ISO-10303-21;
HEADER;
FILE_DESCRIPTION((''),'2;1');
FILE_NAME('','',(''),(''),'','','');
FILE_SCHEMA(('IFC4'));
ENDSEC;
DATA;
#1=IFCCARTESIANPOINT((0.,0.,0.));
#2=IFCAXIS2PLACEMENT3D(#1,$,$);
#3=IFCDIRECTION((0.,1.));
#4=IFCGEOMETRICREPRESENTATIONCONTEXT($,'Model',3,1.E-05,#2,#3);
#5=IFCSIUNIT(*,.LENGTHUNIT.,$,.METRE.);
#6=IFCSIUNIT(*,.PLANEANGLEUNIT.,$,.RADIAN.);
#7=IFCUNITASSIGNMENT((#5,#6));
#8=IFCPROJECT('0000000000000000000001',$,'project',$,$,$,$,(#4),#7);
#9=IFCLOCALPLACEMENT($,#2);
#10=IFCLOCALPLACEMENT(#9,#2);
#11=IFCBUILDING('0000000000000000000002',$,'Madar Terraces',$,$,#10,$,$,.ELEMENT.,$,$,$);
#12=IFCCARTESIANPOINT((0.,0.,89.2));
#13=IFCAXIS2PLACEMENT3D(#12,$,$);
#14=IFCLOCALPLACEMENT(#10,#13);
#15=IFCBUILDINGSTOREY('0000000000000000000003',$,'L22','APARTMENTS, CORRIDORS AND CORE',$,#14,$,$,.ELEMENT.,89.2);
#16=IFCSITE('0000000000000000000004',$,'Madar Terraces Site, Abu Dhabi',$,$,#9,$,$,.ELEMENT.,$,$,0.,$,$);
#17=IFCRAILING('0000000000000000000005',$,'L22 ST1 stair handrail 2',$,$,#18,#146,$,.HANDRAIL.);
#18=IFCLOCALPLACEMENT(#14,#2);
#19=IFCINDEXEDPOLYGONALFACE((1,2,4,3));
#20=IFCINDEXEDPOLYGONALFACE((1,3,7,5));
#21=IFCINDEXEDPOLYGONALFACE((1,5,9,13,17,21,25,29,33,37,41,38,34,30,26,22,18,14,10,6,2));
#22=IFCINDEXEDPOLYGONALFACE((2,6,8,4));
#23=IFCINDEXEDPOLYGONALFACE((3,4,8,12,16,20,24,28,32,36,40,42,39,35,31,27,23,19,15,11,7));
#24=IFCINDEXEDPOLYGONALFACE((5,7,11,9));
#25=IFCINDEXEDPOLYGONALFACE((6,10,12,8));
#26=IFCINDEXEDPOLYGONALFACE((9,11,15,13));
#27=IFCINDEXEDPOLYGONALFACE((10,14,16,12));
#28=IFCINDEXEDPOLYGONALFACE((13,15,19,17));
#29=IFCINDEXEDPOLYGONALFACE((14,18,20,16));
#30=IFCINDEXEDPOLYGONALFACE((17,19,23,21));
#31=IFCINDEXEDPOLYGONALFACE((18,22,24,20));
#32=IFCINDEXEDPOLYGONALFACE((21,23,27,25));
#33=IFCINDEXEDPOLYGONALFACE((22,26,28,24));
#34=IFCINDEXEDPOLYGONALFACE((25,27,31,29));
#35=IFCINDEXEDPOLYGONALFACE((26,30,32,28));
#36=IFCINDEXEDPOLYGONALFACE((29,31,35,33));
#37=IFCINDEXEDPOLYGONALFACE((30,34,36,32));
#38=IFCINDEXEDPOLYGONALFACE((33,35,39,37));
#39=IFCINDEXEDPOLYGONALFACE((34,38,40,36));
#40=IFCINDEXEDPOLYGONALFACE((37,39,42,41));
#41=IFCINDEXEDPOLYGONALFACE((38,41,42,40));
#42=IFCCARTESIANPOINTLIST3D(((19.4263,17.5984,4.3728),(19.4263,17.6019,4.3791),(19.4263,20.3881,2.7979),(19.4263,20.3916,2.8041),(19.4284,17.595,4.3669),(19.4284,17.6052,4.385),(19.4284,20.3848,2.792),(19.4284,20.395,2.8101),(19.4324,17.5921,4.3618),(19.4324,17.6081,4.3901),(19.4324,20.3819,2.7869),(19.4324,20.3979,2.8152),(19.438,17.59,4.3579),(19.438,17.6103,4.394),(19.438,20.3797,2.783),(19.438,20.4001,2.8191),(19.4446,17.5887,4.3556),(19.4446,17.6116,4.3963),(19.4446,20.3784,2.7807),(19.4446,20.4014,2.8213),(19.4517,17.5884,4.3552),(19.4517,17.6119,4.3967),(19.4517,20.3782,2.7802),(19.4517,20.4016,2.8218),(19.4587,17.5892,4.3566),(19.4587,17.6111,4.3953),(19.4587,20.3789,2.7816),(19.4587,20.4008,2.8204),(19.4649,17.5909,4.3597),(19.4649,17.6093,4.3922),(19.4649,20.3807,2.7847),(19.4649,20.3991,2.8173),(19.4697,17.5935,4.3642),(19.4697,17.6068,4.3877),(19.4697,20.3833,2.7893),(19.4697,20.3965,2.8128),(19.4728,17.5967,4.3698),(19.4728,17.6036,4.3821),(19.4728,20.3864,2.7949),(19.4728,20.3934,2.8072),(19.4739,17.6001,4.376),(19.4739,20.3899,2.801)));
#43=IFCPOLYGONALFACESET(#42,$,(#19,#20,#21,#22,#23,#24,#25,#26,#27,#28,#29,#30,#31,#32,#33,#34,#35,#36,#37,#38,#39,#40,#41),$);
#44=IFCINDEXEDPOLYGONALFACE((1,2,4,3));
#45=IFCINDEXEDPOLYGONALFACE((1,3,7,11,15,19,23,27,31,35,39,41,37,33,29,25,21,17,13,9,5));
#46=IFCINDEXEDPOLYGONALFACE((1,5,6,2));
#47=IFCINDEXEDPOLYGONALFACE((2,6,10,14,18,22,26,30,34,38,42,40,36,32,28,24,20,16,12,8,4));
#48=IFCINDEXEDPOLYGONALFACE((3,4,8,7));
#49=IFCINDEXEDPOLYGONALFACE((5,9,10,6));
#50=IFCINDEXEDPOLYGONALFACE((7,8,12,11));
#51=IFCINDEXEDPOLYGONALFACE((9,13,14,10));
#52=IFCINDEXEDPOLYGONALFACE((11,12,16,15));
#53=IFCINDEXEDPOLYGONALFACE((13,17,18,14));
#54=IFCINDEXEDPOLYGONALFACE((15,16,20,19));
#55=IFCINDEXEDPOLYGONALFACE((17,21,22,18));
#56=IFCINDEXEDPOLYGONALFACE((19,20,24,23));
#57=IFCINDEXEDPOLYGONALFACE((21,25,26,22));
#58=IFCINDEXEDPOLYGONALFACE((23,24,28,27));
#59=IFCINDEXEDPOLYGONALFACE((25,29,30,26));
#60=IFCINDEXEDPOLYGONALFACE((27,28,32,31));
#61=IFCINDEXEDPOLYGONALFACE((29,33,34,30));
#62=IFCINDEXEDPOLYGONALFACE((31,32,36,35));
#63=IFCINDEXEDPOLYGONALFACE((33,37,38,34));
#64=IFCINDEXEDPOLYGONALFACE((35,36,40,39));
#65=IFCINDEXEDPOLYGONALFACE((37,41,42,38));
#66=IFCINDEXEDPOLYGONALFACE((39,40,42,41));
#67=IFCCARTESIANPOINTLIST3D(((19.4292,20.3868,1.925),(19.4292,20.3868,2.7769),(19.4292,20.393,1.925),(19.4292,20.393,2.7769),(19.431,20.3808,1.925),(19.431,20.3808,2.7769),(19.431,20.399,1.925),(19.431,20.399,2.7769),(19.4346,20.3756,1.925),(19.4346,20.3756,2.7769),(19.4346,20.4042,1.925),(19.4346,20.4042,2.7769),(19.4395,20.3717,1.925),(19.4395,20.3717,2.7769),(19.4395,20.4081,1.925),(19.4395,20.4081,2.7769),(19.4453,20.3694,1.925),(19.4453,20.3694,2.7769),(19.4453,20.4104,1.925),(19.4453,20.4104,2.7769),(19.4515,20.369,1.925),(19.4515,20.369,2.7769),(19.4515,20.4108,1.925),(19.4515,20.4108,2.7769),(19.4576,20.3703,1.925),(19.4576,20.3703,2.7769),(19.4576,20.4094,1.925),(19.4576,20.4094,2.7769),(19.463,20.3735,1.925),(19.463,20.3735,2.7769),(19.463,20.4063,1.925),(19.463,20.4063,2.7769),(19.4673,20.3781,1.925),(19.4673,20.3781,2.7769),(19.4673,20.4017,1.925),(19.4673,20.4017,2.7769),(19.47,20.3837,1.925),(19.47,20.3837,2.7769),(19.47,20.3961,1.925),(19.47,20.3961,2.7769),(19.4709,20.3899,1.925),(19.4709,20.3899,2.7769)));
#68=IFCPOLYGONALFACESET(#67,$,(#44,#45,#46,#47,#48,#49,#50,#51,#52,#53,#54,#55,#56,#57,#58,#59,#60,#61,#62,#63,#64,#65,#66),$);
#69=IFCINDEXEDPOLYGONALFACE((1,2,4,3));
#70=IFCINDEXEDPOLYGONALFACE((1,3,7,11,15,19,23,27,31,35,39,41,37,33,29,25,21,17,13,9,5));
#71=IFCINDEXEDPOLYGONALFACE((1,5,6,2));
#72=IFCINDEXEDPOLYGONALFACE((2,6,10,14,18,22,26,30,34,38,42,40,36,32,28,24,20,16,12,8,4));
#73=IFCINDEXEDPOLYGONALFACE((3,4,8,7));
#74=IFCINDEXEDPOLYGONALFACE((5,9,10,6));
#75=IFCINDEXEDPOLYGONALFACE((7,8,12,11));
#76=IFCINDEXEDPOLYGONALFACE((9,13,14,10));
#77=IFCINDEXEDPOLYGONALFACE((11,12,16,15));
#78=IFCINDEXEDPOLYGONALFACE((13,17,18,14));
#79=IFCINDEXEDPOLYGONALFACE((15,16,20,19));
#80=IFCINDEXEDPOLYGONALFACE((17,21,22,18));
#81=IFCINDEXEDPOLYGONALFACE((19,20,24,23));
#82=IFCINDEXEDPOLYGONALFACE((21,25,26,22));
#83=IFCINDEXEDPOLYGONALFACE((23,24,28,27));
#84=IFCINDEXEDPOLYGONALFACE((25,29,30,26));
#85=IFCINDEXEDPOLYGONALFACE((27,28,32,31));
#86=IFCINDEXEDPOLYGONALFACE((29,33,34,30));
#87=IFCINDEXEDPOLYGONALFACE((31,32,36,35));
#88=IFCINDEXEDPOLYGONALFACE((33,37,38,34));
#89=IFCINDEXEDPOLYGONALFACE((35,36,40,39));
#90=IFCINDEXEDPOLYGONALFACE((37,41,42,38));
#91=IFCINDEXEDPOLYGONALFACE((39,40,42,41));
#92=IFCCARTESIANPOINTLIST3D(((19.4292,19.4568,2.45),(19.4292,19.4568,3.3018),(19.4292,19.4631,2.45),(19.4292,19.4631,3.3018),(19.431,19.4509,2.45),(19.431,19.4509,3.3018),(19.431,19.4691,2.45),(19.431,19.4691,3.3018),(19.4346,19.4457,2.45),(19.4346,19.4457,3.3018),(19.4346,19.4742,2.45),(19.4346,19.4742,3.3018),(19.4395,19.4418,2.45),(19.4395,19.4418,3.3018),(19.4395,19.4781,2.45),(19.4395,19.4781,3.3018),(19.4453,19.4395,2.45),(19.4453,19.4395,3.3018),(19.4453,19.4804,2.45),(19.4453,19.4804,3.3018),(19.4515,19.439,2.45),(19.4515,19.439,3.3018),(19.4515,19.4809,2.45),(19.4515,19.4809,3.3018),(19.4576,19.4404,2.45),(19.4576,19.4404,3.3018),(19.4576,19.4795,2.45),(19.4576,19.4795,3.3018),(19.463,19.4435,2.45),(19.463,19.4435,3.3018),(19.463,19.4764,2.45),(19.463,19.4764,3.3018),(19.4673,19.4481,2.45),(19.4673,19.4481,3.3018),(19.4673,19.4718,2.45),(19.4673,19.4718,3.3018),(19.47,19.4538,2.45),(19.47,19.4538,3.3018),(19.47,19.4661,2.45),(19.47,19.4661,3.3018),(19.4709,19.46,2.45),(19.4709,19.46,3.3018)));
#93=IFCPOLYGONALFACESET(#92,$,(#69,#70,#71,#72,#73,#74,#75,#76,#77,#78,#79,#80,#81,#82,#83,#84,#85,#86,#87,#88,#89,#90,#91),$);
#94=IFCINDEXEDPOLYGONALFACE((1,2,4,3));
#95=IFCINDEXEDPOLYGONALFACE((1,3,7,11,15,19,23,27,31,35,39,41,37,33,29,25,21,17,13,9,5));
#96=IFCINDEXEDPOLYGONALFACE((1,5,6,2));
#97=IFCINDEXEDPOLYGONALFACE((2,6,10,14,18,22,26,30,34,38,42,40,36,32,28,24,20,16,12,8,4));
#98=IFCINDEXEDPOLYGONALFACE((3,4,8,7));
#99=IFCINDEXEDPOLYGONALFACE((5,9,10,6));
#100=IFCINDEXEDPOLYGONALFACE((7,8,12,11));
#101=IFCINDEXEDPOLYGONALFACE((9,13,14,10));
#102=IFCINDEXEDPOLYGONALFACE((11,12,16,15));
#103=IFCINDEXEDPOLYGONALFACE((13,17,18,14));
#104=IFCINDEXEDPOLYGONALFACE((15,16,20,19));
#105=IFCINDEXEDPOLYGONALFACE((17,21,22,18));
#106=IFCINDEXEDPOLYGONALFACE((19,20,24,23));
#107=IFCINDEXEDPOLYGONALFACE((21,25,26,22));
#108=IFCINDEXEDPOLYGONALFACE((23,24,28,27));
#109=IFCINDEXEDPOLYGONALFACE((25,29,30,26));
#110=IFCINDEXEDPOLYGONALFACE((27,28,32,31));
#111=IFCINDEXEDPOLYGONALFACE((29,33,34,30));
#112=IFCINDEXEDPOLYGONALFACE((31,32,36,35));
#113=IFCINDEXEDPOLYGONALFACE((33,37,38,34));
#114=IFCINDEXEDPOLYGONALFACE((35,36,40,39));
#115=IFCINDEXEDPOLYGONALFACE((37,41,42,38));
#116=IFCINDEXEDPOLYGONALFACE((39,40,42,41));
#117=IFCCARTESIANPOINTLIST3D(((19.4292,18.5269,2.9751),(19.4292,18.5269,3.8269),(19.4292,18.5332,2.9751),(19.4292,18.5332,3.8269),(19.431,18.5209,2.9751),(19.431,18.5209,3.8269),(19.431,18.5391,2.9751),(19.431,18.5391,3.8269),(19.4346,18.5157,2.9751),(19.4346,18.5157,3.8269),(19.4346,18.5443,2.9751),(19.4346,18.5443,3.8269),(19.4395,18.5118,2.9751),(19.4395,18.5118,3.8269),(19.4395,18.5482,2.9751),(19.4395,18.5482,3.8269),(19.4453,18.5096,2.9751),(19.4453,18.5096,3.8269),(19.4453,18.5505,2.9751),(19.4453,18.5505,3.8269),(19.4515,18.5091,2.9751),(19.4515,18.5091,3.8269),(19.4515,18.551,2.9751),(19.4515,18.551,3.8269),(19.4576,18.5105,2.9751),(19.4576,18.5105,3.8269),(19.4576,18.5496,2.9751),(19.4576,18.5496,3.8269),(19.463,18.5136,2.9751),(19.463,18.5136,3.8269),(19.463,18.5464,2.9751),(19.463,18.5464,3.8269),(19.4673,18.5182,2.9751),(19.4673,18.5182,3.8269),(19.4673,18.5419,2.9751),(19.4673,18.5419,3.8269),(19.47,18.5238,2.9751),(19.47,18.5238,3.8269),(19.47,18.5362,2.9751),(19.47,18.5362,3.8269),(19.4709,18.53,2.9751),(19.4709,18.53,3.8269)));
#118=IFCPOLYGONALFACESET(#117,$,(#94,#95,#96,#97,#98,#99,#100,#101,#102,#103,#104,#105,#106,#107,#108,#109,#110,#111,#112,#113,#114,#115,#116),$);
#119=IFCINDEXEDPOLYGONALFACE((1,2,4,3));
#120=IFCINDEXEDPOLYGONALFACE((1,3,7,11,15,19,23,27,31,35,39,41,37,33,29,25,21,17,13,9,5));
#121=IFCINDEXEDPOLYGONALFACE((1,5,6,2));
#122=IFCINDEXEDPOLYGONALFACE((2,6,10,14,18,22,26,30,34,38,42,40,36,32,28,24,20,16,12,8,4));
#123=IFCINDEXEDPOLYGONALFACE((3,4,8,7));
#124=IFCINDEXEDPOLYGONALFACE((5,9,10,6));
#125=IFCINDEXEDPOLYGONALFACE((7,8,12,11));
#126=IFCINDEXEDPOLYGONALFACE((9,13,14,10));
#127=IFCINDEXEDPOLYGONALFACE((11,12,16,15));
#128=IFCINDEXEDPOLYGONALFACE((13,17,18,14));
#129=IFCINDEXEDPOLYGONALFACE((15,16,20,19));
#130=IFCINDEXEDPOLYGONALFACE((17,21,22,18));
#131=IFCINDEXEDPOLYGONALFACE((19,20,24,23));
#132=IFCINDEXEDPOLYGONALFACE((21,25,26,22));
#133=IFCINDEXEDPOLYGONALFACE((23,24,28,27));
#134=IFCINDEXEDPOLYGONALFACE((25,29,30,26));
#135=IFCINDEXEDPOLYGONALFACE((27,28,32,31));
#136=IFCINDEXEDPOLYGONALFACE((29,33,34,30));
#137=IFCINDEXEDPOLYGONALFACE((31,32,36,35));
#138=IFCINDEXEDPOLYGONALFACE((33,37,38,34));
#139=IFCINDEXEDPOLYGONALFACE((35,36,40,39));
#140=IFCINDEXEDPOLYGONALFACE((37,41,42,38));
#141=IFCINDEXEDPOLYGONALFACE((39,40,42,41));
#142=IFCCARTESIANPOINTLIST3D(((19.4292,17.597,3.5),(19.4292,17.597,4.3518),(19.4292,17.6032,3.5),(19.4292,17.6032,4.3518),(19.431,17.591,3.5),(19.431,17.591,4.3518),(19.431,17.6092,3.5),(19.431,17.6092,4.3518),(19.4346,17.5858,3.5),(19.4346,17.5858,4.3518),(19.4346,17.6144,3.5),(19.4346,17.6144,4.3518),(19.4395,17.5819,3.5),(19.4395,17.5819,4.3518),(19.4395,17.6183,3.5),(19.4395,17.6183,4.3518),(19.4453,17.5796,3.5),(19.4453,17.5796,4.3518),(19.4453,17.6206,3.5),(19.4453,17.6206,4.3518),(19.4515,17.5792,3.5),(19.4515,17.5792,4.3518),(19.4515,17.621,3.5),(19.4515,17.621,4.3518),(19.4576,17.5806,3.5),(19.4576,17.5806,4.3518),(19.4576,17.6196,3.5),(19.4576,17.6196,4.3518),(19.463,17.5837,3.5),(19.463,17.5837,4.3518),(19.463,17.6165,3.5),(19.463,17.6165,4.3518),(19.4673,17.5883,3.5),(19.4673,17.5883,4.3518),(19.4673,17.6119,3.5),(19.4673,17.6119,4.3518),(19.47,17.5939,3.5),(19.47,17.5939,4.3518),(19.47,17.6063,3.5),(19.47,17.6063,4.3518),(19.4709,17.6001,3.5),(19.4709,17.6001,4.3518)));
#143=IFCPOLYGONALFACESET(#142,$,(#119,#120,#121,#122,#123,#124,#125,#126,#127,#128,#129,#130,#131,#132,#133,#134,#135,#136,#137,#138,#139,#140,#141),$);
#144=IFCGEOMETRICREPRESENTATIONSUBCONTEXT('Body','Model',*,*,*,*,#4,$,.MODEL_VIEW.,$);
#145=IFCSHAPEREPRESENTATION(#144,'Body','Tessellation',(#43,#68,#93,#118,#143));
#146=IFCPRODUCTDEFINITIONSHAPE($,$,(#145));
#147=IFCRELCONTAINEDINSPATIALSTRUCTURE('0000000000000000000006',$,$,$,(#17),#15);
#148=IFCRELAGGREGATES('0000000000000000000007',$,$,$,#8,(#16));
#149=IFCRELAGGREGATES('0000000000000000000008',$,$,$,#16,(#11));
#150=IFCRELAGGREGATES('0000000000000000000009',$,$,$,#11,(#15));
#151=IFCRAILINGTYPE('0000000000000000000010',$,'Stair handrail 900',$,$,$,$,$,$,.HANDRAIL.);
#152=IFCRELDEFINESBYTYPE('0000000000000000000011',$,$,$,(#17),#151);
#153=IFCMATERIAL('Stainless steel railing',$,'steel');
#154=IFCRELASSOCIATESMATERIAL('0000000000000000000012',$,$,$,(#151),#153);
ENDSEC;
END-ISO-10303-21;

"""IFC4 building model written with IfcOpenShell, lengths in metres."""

from ifc_helpers import new_model, si_unit, direction, frame, origin, origin_2d, place, context, subcontext, project, spatial, circle, extrude, material, type_object, element, save


model = new_model("IFC4")

# Units and contexts
model_context = context("Model", 3, precision=1e-05, world=origin(), true_north=direction((0.0, 1.0)))
body_context = subcontext(model_context, "Body", "Model", "MODEL_VIEW")
ifc_project = project(units=[si_unit("LENGTHUNIT", "METRE"), si_unit("PLANEANGLEUNIT", "RADIAN")], contexts=[model_context])

# Site, building, storey
site_placement = place(None, origin())
site = spatial("IfcSite", under=ifc_project, at=site_placement, Name="Madar Terraces Site, Abu Dhabi", CompositionType="ELEMENT", RefElevation=0.0)
building_placement = place(site_placement, origin())
building = spatial("IfcBuilding", under=site, at=building_placement, Name="Madar Terraces", CompositionType="ELEMENT")
storey_placement = place(building_placement, frame((0.0, 0.0, 89.2)))
storey = spatial("IfcBuildingStorey", under=building, at=storey_placement, Name="L22", Description="APARTMENTS, CORRIDORS AND CORE", CompositionType="ELEMENT", Elevation=89.2)

# Railing
ifc_material_1 = material(Name="Stainless steel railing", Category="steel")
railing_type_1 = type_object("IfcRailingType", Name="Stair handrail 900", PredefinedType="HANDRAIL", material=ifc_material_1)
railing_1_placement = place(storey_placement, frame((19.45, 20.3899, 1.925)))
element("IfcRailing", 1, at=railing_1_placement, inside=storey, type_object=railing_type_1, Name="L22 ST1 stair handrail 2", PredefinedType="HANDRAIL", context=body_context, shape_type="SweptSolid", body=[
    extrude(circle(Radius=0.0239, at=origin_2d()), frame((0.0, 0.0, 0.876), z_axis=(0.0, -0.870815, 0.49161), x_axis=(1.0, 0.0, 0.0)), (0.0, 0.0, 1.0), 3.2036),
    extrude(circle(Radius=0.021, at=origin_2d()), origin(), (0.0, 0.0, 1.0), 0.8518),
    extrude(circle(Radius=0.021, at=origin_2d()), frame((0.0, -0.9299, 0.5249)), (0.0, 0.0, 1.0), 0.8518),
    extrude(circle(Radius=0.021, at=origin_2d()), frame((0.0, -1.8599, 1.05)), (0.0, 0.0, 1.0), 0.8518),
    extrude(circle(Radius=0.021, at=origin_2d()), frame((0.0, -2.7898, 1.575)), (0.0, 0.0, 1.0), 0.8518),
])

save(model, "model.ifc")
